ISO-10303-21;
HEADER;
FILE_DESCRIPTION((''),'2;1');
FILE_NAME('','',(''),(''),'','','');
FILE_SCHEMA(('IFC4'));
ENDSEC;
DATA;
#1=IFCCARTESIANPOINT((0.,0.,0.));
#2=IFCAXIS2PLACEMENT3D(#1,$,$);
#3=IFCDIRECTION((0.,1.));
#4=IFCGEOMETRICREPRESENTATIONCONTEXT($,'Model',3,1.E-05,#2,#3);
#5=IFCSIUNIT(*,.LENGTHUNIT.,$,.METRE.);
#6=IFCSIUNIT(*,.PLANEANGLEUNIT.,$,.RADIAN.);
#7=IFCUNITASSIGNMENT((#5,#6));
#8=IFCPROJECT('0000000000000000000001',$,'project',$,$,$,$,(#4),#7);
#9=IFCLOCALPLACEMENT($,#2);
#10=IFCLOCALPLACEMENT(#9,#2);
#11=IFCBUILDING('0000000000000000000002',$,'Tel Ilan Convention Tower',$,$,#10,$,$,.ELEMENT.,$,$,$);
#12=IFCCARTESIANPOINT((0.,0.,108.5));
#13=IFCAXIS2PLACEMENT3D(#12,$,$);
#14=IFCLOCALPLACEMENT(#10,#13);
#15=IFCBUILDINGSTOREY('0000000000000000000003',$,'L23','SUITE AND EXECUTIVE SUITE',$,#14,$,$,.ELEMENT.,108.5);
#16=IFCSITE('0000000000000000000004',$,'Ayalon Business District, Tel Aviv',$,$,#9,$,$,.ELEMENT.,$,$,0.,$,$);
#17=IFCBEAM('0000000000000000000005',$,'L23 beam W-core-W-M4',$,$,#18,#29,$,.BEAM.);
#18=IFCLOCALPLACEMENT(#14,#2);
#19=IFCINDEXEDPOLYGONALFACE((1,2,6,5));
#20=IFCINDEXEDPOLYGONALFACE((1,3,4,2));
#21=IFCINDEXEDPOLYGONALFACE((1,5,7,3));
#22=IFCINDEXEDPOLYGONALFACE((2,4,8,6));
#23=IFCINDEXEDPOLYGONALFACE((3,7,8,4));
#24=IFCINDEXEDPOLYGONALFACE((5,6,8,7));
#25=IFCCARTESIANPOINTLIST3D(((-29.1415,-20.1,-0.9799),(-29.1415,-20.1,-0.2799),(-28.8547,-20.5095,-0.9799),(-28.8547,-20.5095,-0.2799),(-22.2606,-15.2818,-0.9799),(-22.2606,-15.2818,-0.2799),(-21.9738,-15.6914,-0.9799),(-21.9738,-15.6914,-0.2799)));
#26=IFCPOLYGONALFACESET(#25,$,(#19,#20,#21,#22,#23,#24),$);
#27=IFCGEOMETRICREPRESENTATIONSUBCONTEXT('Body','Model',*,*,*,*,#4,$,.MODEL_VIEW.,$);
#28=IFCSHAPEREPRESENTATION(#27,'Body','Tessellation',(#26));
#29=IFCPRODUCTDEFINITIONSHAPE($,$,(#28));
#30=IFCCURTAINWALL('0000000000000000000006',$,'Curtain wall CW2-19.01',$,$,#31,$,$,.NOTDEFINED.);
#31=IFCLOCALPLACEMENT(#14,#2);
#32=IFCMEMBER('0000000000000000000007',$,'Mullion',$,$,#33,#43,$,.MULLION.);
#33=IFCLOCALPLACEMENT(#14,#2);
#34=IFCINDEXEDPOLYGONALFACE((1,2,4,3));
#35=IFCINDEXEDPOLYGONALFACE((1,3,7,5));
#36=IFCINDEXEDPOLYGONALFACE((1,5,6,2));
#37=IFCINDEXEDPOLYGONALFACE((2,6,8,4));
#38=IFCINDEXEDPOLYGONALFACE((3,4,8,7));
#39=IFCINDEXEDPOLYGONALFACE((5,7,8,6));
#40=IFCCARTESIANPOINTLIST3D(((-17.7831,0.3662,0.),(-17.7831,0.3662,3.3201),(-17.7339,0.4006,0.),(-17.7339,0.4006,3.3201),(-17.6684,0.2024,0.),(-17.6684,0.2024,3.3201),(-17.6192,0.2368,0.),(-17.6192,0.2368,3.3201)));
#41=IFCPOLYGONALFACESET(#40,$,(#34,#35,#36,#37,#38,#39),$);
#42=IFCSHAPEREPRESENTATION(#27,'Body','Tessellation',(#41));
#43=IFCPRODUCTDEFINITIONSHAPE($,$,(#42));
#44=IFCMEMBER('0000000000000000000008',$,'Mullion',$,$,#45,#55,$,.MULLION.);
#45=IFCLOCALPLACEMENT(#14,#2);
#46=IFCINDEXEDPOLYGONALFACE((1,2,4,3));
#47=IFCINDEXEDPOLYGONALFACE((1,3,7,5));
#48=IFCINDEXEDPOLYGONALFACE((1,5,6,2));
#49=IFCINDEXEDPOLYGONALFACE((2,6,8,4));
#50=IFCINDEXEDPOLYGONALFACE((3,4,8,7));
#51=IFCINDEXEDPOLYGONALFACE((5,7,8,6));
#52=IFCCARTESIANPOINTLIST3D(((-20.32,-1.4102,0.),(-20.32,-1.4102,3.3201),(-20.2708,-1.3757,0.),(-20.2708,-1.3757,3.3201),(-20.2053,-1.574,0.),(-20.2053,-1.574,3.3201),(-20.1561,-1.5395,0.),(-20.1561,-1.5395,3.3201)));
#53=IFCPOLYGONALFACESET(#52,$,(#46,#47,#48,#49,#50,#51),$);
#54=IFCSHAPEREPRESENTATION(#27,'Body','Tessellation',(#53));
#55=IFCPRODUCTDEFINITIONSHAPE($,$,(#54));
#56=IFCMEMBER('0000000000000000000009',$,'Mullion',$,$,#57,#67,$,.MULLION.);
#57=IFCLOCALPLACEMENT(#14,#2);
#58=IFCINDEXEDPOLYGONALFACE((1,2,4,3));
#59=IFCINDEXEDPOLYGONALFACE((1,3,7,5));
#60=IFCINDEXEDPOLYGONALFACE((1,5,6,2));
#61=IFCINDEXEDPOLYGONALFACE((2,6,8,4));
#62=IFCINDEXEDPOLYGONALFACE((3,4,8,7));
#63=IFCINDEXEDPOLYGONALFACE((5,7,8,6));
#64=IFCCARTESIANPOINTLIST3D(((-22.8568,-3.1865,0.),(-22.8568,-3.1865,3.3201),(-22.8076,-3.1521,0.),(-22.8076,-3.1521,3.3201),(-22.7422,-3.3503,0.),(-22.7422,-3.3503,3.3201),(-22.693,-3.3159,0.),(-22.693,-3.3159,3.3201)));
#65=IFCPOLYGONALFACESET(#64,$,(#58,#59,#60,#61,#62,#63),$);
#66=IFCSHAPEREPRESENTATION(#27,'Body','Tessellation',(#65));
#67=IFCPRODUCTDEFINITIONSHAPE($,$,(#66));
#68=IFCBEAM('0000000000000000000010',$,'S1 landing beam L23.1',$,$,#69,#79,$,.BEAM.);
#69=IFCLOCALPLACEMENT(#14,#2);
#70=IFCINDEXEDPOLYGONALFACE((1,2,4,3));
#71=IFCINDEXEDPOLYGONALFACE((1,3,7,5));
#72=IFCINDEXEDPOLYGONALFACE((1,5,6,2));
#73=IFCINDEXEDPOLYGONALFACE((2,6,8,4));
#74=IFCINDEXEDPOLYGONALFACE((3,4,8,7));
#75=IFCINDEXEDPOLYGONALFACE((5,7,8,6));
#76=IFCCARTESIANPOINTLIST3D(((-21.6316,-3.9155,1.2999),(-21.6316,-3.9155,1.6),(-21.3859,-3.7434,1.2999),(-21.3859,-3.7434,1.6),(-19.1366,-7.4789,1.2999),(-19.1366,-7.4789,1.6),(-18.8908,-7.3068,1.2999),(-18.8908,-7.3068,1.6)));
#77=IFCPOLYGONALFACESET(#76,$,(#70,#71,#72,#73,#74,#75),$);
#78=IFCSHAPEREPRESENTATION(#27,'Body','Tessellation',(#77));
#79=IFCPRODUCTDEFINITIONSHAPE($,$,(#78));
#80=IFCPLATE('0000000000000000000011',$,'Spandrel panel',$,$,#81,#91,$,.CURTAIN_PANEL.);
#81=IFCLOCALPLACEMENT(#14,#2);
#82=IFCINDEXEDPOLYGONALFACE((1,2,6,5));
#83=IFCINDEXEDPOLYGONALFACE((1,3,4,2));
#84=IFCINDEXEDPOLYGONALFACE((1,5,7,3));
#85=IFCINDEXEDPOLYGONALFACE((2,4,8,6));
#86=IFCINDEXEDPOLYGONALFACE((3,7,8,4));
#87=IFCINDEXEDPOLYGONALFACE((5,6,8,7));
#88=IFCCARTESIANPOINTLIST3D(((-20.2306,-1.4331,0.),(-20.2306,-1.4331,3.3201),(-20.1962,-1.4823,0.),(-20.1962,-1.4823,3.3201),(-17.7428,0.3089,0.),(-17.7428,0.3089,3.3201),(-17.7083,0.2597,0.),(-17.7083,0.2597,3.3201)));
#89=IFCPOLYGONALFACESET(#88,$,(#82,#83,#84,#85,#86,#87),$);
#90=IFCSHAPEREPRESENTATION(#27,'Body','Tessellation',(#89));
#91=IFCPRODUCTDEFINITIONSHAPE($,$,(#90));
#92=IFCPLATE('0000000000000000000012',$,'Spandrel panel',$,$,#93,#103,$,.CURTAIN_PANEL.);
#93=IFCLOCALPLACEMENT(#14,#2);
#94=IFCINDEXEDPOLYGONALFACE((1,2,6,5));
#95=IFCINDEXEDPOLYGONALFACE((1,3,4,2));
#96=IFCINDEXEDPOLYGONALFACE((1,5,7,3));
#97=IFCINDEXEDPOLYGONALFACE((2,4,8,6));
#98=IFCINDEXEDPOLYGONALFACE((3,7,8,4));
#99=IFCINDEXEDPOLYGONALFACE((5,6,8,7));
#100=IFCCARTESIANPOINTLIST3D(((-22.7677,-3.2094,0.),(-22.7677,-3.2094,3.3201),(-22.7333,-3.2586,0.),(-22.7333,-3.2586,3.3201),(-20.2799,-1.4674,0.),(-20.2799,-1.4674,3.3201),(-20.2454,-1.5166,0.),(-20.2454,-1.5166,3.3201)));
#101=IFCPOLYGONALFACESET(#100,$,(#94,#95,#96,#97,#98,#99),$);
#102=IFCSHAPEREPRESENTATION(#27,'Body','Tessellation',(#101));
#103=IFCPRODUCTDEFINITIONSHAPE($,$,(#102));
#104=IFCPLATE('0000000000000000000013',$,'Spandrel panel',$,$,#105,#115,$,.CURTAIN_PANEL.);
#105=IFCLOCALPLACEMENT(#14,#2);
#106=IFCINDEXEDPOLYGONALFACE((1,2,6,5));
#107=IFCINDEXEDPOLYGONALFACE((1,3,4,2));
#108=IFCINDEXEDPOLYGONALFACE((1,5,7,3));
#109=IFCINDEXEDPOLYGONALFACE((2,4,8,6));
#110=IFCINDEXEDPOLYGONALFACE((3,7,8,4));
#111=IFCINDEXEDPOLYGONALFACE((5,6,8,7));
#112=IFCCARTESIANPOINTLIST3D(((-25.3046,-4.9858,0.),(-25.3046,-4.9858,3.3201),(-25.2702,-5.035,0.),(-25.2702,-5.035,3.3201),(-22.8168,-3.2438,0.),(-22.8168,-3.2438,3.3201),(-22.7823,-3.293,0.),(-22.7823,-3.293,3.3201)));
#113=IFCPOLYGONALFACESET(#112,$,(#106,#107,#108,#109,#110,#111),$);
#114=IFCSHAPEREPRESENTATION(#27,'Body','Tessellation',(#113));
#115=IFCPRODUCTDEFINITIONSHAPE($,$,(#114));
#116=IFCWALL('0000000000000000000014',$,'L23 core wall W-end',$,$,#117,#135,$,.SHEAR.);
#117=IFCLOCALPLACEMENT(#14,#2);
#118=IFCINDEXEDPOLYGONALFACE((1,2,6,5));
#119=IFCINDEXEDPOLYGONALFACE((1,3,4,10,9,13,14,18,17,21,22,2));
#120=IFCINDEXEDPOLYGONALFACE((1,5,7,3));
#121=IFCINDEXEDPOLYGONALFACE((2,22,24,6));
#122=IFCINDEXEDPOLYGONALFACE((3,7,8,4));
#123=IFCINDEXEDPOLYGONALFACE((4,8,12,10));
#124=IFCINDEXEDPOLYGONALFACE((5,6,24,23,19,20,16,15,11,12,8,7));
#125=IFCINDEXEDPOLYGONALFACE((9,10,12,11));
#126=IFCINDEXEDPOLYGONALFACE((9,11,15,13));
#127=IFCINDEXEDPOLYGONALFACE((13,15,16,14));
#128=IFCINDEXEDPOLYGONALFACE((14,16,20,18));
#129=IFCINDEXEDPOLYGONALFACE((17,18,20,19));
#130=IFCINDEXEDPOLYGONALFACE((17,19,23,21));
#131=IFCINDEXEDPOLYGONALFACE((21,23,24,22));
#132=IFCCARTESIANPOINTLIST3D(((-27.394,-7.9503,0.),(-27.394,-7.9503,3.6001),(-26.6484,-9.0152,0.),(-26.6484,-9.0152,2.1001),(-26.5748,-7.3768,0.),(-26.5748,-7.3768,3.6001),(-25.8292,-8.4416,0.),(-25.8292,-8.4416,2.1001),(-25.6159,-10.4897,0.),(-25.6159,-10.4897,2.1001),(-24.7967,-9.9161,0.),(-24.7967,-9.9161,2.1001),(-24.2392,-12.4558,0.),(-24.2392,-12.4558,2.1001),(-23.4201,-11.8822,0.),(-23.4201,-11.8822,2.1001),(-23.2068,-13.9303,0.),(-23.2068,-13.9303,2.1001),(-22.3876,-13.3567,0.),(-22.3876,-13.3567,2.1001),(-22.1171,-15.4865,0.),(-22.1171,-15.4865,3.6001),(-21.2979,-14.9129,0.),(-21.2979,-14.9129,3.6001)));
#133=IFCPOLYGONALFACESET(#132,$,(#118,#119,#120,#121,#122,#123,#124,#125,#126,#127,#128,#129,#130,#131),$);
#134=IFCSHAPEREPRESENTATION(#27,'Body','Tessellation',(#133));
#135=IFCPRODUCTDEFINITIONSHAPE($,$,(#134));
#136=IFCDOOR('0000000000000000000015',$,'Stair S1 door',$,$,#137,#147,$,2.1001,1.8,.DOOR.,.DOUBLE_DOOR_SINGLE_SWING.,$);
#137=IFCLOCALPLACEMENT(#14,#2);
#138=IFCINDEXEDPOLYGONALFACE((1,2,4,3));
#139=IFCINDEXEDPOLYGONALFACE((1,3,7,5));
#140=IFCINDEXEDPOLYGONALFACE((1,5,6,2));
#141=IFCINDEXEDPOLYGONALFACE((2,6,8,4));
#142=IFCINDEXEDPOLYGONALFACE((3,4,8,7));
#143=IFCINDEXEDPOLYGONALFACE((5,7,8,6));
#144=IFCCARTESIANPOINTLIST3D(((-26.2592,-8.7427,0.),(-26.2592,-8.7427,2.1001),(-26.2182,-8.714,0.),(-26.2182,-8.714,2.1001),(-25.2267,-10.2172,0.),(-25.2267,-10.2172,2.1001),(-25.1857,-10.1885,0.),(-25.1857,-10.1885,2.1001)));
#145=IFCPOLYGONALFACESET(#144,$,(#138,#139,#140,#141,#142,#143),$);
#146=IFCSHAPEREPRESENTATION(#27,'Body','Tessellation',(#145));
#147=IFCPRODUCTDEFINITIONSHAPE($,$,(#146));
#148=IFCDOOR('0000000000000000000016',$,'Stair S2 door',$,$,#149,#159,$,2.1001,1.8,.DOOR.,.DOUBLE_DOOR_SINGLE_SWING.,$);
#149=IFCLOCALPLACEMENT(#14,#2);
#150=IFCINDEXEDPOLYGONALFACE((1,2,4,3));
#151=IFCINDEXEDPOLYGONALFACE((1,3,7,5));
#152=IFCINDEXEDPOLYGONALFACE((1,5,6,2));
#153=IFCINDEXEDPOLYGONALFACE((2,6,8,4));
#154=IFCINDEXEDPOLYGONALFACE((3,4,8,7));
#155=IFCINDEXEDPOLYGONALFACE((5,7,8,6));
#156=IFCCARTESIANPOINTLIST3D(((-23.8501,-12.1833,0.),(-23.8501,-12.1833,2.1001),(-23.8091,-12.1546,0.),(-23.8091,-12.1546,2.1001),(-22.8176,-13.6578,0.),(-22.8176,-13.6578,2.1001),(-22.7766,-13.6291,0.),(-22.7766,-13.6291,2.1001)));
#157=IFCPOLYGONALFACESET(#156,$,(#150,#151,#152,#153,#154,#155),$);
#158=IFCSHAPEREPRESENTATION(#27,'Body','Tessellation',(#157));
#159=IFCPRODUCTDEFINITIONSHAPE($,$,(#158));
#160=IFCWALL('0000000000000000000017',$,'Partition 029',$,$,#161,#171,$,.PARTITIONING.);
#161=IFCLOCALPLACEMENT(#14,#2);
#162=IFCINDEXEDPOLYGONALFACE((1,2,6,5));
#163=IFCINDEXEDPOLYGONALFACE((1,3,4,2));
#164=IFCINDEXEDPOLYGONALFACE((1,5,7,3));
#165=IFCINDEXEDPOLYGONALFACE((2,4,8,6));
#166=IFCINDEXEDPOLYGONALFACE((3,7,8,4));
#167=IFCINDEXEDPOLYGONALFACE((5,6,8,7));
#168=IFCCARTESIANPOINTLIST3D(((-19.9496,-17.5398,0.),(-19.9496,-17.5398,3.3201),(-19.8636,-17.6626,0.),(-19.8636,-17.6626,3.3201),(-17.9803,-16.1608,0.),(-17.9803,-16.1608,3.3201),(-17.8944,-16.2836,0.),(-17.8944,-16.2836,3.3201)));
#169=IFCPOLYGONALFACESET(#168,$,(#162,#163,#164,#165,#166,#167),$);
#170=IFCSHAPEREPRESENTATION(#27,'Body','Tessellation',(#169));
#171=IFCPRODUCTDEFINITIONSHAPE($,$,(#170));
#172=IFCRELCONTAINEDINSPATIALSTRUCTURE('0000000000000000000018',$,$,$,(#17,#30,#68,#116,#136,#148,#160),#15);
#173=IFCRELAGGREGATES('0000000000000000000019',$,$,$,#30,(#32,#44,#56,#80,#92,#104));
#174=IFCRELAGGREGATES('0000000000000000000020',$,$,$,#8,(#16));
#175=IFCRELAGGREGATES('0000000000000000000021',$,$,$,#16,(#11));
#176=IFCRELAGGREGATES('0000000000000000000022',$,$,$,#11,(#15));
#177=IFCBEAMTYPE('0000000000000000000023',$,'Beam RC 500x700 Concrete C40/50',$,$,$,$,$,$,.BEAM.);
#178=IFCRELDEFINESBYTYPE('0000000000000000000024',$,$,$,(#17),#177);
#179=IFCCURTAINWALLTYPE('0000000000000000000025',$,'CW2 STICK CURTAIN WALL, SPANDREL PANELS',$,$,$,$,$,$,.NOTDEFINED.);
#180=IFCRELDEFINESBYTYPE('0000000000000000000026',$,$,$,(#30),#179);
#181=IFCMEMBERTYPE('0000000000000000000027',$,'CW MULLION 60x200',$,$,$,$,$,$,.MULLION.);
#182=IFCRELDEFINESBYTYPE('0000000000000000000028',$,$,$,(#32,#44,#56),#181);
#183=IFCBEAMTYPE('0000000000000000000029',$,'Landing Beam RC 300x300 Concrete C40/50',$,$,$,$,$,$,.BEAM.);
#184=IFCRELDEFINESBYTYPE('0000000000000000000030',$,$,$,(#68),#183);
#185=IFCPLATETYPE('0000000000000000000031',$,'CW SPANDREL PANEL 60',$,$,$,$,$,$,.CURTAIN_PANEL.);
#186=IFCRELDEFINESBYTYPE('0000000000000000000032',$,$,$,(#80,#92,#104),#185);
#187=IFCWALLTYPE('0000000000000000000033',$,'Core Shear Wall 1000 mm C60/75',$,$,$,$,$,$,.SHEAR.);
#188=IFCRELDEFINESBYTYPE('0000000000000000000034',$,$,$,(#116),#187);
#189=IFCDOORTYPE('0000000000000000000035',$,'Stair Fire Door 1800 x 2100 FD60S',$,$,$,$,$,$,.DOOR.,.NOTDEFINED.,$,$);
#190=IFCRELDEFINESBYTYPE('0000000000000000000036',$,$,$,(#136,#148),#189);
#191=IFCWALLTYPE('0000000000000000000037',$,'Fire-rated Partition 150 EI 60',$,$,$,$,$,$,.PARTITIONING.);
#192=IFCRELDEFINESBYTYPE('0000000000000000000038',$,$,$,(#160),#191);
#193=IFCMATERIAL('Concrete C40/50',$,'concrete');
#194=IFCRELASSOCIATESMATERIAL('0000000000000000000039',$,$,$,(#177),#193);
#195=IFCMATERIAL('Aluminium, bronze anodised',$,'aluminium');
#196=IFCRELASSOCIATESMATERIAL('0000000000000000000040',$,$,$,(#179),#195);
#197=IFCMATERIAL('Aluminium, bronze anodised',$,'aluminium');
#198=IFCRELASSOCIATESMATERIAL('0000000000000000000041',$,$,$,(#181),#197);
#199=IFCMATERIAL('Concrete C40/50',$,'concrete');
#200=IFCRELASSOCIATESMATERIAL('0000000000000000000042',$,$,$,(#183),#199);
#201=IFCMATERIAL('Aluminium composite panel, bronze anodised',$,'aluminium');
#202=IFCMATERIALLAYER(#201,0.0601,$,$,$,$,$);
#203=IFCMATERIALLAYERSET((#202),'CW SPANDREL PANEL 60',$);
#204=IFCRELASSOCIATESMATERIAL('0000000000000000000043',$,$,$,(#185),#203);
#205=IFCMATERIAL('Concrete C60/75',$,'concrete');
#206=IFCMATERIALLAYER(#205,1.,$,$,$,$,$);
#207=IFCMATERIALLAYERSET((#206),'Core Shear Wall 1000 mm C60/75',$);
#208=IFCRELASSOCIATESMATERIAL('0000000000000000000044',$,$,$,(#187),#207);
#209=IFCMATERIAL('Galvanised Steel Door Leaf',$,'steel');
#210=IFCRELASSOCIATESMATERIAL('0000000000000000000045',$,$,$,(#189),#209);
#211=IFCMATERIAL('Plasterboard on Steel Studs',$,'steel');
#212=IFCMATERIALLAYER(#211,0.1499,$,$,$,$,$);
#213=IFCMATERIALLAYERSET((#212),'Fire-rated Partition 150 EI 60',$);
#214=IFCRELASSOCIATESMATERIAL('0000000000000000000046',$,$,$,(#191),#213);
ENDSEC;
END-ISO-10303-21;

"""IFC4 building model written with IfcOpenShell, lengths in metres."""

from ifc_helpers import new_model, si_unit, direction, frame, frame_2d, origin, origin_2d, place, context, subcontext, project, spatial, polyline, rectangle, outline, extrude, material, layer, layer_set, material_profile, profile_set, type_object, element, fill, aggregate, save


model = new_model("IFC4")

# Units and contexts
model_context = context("Model", 3, precision=1e-05, world=origin(), true_north=direction((0.0, 1.0)))
body_context = subcontext(model_context, "Body", "Model", "MODEL_VIEW")
ifc_project = project(units=[si_unit("LENGTHUNIT", "METRE"), si_unit("PLANEANGLEUNIT", "RADIAN")], contexts=[model_context])

# Site, building, storey
site_placement = place(None, origin())
site = spatial("IfcSite", under=ifc_project, at=site_placement, Name="Ayalon Business District, Tel Aviv", CompositionType="ELEMENT", RefElevation=0.0)
building_placement = place(site_placement, origin())
building = spatial("IfcBuilding", under=site, at=building_placement, Name="Tel Ilan Convention Tower", CompositionType="ELEMENT")
storey_placement = place(building_placement, frame((0.0, 0.0, 108.5)))
storey = spatial("IfcBuildingStorey", under=building, at=storey_placement, Name="L23", Description="SUITE AND EXECUTIVE SUITE", CompositionType="ELEMENT", Elevation=108.5)

# Beam
ifc_material_1 = material(Name="Concrete C40/50", Category="concrete")
ifc_material_profile_1 = material_profile(ifc_material_1, rectangle(XDim=0.5, YDim=0.7, at=origin_2d()), Name="RC 500x700")
ifc_profile_set_1 = profile_set([ifc_material_profile_1], Name="Concrete C40/50")
beam_type_1 = type_object("IfcBeamType", Name="Beam RC 500x700 Concrete C40/50", PredefinedType="BEAM", material=ifc_profile_set_1)
beam_1_placement = place(storey_placement, frame((-22.1172, -15.4866, -0.6299), z_axis=(-0.819147, -0.573583, 0.0), x_axis=(0.573583, -0.819147, 0.0)))
element("IfcBeam", 1, at=beam_1_placement, inside=storey, type_object=beam_type_1, Name="L23 beam W-core-W-M4", PredefinedType="BEAM", context=body_context, shape_type="SweptSolid", body=[
    extrude(rectangle(XDim=0.5, YDim=0.7, at=origin_2d()), origin(), (0.0, 0.0, 1.0), 8.4001),
])

# Curtain wall, members
ifc_material_2 = material(Name="Aluminium, bronze anodised", Category="aluminium")
curtain_wall_type = type_object("IfcCurtainWallType", Name="CW2 STICK CURTAIN WALL, SPANDREL PANELS", PredefinedType="NOTDEFINED", material=ifc_material_2)
curtain_wall_placement = place(storey_placement, origin())
curtain_wall = element("IfcCurtainWall", 2, at=curtain_wall_placement, inside=storey, type_object=curtain_wall_type, Name="Curtain wall CW2-19.01", PredefinedType="NOTDEFINED")
ifc_material_3 = material(Name="Aluminium, bronze anodised", Category="aluminium")
ifc_material_profile_2 = material_profile(ifc_material_3, rectangle(XDim=0.0601, YDim=0.2, at=origin_2d()), Name="CW MULLION 60x200")
ifc_profile_set_2 = profile_set([ifc_material_profile_2], Name="Aluminium, bronze anodised")
member_type = type_object("IfcMemberType", Name="CW MULLION 60x200", PredefinedType="MULLION", material=ifc_profile_set_2)
member_1_placement = place(storey_placement, frame((-17.7012, 0.3015, 0.0), z_axis=(0.0, 0.0, 1.0), x_axis=(-0.819152, -0.573576, 0.0)))
member_1 = element("IfcMember", 3, at=member_1_placement, type_object=member_type, Name="Mullion", PredefinedType="MULLION", context=body_context, shape_type="SweptSolid", body=[
    extrude(rectangle(XDim=0.0601, YDim=0.2, at=origin_2d()), origin(), (0.0, 0.0, 1.0), 3.3201),
])
member_2_placement = place(storey_placement, frame((-20.238, -1.4749, 0.0), z_axis=(0.0, 0.0, 1.0), x_axis=(-0.819152, -0.573576, 0.0)))
member_2 = element("IfcMember", 4, at=member_2_placement, type_object=member_type, Name="Mullion", PredefinedType="MULLION", context=body_context, shape_type="SweptSolid", body=[
    extrude(rectangle(XDim=0.0601, YDim=0.2, at=origin_2d()), origin(), (0.0, 0.0, 1.0), 3.3201),
])
member_3_placement = place(storey_placement, frame((-22.7749, -3.2512, 0.0), z_axis=(0.0, 0.0, 1.0), x_axis=(-0.819152, -0.573576, 0.0)))
member_3 = element("IfcMember", 5, at=member_3_placement, type_object=member_type, Name="Mullion", PredefinedType="MULLION", context=body_context, shape_type="SweptSolid", body=[
    extrude(rectangle(XDim=0.0601, YDim=0.2, at=origin_2d()), origin(), (0.0, 0.0, 1.0), 3.3201),
])

# Beam
ifc_material_4 = material(Name="Concrete C40/50", Category="concrete")
ifc_material_profile_3 = material_profile(ifc_material_4, rectangle(XDim=0.3, YDim=0.3, at=origin_2d()), Name="RC 300x300")
ifc_profile_set_3 = profile_set([ifc_material_profile_3], Name="Concrete C40/50")
beam_type_2 = type_object("IfcBeamType", Name="Landing Beam RC 300x300 Concrete C40/50", PredefinedType="BEAM", material=ifc_profile_set_3)
beam_2_placement = place(storey_placement, frame((-19.0137, -7.3928, 1.45), z_axis=(-0.573568, 0.819158, 0.0), x_axis=(-0.819158, -0.573568, 0.0)))
element("IfcBeam", 6, at=beam_2_placement, inside=storey, type_object=beam_type_2, Name="S1 landing beam L23.1", PredefinedType="BEAM", context=body_context, shape_type="SweptSolid", body=[
    extrude(rectangle(XDim=0.3, YDim=0.3, at=origin_2d()), origin(), (0.0, 0.0, 1.0), 4.3501),
])

# Plates
ifc_material_5 = material(Name="Aluminium composite panel, bronze anodised", Category="aluminium")
ifc_layer_1 = layer(ifc_material_5, 0.0601)
ifc_layer_set_1 = layer_set([ifc_layer_1], Name="CW SPANDREL PANEL 60")
plate_type = type_object("IfcPlateType", Name="CW SPANDREL PANEL 60", PredefinedType="CURTAIN_PANEL", material=ifc_layer_set_1)
plate_1_placement = place(storey_placement, frame((-18.9695, -0.5867, 0.0), z_axis=(0.0, 0.0, 1.0), x_axis=(-0.819152, -0.573576, 0.0)))
plate_1 = element("IfcPlate", 7, at=plate_1_placement, type_object=plate_type, Name="Spandrel panel", PredefinedType="CURTAIN_PANEL", context=body_context, shape_type="SweptSolid", body=[
    extrude(rectangle(XDim=3.0371, YDim=0.0601, at=origin_2d()), origin(), (0.0, 0.0, 1.0), 3.3201),
])
plate_2_placement = place(storey_placement, frame((-21.5066, -2.363, 0.0), z_axis=(0.0, 0.0, 1.0), x_axis=(-0.819152, -0.573576, 0.0)))
plate_2 = element("IfcPlate", 8, at=plate_2_placement, type_object=plate_type, Name="Spandrel panel", PredefinedType="CURTAIN_PANEL", context=body_context, shape_type="SweptSolid", body=[
    extrude(rectangle(XDim=3.0371, YDim=0.0601, at=origin_2d()), origin(), (0.0, 0.0, 1.0), 3.3201),
])
plate_3_placement = place(storey_placement, frame((-24.0435, -4.1394, 0.0), z_axis=(0.0, 0.0, 1.0), x_axis=(-0.819152, -0.573576, 0.0)))
plate_3 = element("IfcPlate", 9, at=plate_3_placement, type_object=plate_type, Name="Spandrel panel", PredefinedType="CURTAIN_PANEL", context=body_context, shape_type="SweptSolid", body=[
    extrude(rectangle(XDim=3.0371, YDim=0.0601, at=origin_2d()), origin(), (0.0, 0.0, 1.0), 3.3201),
])
aggregate(curtain_wall, [member_1, member_2, member_3, plate_1, plate_2, plate_3])

# Wall, openings, doors
ifc_material_6 = material(Name="Concrete C60/75", Category="concrete")
ifc_layer_2 = layer(ifc_material_6, 1.0)
ifc_layer_set_2 = layer_set([ifc_layer_2], Name="Core Shear Wall 1000 mm C60/75")
wall_type_1 = type_object("IfcWallType", Name="Core Shear Wall 1000 mm C60/75", PredefinedType="SHEAR", material=ifc_layer_set_2)
wall_1_placement = place(storey_placement, frame((-21.7075, -15.1997, 0.0), z_axis=(0.0, 0.0, 1.0), x_axis=(-0.573576, 0.819152, 0.0)))
wall_1 = element("IfcWall", 10, at=wall_1_placement, inside=storey, type_object=wall_type_1, Name="L23 core wall W-end", PredefinedType="SHEAR", context=body_context, shape_type="SweptSolid", body=[
    extrude(outline(polyline([(0.0, 0.5), (0.0, -0.5), (9.2, -0.5), (9.2, 0.5), (0.0, 0.5)])), origin(), (0.0, 0.0, 1.0), 3.6001),
])
opening_1_placement = place(wall_1_placement, frame((6.1001, 0.0, 0.0)))
opening_1 = element("IfcOpeningElement", 11, at=opening_1_placement, cuts=wall_1, PredefinedType="OPENING", context=body_context, shape_type="SweptSolid", body=[
    extrude(rectangle(XDim=1.8, YDim=2.1001, at=frame_2d((0.8999, 1.05))), frame((0.0, 0.51, 0.0), z_axis=(0.0, -1.0, 0.0), x_axis=(1.0, 0.0, 0.0)), (0.0, 0.0, 1.0), 1.02),
])
opening_2_placement = place(wall_1_placement, frame((1.8999, 0.0, 0.0)))
opening_2 = element("IfcOpeningElement", 12, at=opening_2_placement, cuts=wall_1, PredefinedType="OPENING", context=body_context, shape_type="SweptSolid", body=[
    extrude(rectangle(XDim=1.8, YDim=2.1001, at=frame_2d((0.8999, 1.05))), frame((0.0, 0.51, 0.0), z_axis=(0.0, -1.0, 0.0), x_axis=(1.0, 0.0, 0.0)), (0.0, 0.0, 1.0), 1.02),
])
ifc_material_7 = material(Name="Galvanised Steel Door Leaf", Category="steel")
door_type = type_object("IfcDoorType", Name="Stair Fire Door 1800 x 2100 FD60S", OperationType="NOTDEFINED", PredefinedType="DOOR", material=ifc_material_7)
door_1_placement = place(opening_1_placement, origin())
door_1 = element("IfcDoor", 13, at=door_1_placement, inside=storey, type_object=door_type, Name="Stair S1 door", OperationType="DOUBLE_DOOR_SINGLE_SWING", OverallHeight=2.1001, OverallWidth=1.8, PredefinedType="DOOR", context=body_context, shape_type="SweptSolid", body=[
    extrude(rectangle(XDim=1.8, YDim=2.1001, at=frame_2d((0.8999, 1.05))), frame((0.0, 0.0249, 0.0), z_axis=(0.0, -1.0, 0.0), x_axis=(1.0, 0.0, 0.0)), (0.0, 0.0, 1.0), 0.05),
])
fill(opening_1, door_1)
door_2_placement = place(opening_2_placement, origin())
door_2 = element("IfcDoor", 14, at=door_2_placement, inside=storey, type_object=door_type, Name="Stair S2 door", OperationType="DOUBLE_DOOR_SINGLE_SWING", OverallHeight=2.1001, OverallWidth=1.8, PredefinedType="DOOR", context=body_context, shape_type="SweptSolid", body=[
    extrude(rectangle(XDim=1.8, YDim=2.1001, at=frame_2d((0.8999, 1.05))), frame((0.0, 0.0249, 0.0), z_axis=(0.0, -1.0, 0.0), x_axis=(1.0, 0.0, 0.0)), (0.0, 0.0, 1.0), 0.05),
])
fill(opening_2, door_2)

# Wall
ifc_material_8 = material(Name="Plasterboard on Steel Studs", Category="steel")
ifc_layer_3 = layer(ifc_material_8, 0.1499)
ifc_layer_set_3 = layer_set([ifc_layer_3], Name="Fire-rated Partition 150 EI 60")
wall_type_2 = type_object("IfcWallType", Name="Fire-rated Partition 150 EI 60", PredefinedType="PARTITIONING", material=ifc_layer_set_3)
wall_2_placement = place(storey_placement, frame((-17.9373, -16.2222, 0.0), z_axis=(0.0, 0.0, 1.0), x_axis=(-0.819146, -0.573585, 0.0)))
element("IfcWall", 15, at=wall_2_placement, inside=storey, type_object=wall_type_2, Name="Partition 029", PredefinedType="PARTITIONING", context=body_context, shape_type="SweptSolid", body=[
    extrude(rectangle(XDim=2.4041, YDim=0.1499, at=frame_2d((1.2021, 0.0))), origin(), (0.0, 0.0, 1.0), 3.3201),
])

save(model, "model.ifc")
